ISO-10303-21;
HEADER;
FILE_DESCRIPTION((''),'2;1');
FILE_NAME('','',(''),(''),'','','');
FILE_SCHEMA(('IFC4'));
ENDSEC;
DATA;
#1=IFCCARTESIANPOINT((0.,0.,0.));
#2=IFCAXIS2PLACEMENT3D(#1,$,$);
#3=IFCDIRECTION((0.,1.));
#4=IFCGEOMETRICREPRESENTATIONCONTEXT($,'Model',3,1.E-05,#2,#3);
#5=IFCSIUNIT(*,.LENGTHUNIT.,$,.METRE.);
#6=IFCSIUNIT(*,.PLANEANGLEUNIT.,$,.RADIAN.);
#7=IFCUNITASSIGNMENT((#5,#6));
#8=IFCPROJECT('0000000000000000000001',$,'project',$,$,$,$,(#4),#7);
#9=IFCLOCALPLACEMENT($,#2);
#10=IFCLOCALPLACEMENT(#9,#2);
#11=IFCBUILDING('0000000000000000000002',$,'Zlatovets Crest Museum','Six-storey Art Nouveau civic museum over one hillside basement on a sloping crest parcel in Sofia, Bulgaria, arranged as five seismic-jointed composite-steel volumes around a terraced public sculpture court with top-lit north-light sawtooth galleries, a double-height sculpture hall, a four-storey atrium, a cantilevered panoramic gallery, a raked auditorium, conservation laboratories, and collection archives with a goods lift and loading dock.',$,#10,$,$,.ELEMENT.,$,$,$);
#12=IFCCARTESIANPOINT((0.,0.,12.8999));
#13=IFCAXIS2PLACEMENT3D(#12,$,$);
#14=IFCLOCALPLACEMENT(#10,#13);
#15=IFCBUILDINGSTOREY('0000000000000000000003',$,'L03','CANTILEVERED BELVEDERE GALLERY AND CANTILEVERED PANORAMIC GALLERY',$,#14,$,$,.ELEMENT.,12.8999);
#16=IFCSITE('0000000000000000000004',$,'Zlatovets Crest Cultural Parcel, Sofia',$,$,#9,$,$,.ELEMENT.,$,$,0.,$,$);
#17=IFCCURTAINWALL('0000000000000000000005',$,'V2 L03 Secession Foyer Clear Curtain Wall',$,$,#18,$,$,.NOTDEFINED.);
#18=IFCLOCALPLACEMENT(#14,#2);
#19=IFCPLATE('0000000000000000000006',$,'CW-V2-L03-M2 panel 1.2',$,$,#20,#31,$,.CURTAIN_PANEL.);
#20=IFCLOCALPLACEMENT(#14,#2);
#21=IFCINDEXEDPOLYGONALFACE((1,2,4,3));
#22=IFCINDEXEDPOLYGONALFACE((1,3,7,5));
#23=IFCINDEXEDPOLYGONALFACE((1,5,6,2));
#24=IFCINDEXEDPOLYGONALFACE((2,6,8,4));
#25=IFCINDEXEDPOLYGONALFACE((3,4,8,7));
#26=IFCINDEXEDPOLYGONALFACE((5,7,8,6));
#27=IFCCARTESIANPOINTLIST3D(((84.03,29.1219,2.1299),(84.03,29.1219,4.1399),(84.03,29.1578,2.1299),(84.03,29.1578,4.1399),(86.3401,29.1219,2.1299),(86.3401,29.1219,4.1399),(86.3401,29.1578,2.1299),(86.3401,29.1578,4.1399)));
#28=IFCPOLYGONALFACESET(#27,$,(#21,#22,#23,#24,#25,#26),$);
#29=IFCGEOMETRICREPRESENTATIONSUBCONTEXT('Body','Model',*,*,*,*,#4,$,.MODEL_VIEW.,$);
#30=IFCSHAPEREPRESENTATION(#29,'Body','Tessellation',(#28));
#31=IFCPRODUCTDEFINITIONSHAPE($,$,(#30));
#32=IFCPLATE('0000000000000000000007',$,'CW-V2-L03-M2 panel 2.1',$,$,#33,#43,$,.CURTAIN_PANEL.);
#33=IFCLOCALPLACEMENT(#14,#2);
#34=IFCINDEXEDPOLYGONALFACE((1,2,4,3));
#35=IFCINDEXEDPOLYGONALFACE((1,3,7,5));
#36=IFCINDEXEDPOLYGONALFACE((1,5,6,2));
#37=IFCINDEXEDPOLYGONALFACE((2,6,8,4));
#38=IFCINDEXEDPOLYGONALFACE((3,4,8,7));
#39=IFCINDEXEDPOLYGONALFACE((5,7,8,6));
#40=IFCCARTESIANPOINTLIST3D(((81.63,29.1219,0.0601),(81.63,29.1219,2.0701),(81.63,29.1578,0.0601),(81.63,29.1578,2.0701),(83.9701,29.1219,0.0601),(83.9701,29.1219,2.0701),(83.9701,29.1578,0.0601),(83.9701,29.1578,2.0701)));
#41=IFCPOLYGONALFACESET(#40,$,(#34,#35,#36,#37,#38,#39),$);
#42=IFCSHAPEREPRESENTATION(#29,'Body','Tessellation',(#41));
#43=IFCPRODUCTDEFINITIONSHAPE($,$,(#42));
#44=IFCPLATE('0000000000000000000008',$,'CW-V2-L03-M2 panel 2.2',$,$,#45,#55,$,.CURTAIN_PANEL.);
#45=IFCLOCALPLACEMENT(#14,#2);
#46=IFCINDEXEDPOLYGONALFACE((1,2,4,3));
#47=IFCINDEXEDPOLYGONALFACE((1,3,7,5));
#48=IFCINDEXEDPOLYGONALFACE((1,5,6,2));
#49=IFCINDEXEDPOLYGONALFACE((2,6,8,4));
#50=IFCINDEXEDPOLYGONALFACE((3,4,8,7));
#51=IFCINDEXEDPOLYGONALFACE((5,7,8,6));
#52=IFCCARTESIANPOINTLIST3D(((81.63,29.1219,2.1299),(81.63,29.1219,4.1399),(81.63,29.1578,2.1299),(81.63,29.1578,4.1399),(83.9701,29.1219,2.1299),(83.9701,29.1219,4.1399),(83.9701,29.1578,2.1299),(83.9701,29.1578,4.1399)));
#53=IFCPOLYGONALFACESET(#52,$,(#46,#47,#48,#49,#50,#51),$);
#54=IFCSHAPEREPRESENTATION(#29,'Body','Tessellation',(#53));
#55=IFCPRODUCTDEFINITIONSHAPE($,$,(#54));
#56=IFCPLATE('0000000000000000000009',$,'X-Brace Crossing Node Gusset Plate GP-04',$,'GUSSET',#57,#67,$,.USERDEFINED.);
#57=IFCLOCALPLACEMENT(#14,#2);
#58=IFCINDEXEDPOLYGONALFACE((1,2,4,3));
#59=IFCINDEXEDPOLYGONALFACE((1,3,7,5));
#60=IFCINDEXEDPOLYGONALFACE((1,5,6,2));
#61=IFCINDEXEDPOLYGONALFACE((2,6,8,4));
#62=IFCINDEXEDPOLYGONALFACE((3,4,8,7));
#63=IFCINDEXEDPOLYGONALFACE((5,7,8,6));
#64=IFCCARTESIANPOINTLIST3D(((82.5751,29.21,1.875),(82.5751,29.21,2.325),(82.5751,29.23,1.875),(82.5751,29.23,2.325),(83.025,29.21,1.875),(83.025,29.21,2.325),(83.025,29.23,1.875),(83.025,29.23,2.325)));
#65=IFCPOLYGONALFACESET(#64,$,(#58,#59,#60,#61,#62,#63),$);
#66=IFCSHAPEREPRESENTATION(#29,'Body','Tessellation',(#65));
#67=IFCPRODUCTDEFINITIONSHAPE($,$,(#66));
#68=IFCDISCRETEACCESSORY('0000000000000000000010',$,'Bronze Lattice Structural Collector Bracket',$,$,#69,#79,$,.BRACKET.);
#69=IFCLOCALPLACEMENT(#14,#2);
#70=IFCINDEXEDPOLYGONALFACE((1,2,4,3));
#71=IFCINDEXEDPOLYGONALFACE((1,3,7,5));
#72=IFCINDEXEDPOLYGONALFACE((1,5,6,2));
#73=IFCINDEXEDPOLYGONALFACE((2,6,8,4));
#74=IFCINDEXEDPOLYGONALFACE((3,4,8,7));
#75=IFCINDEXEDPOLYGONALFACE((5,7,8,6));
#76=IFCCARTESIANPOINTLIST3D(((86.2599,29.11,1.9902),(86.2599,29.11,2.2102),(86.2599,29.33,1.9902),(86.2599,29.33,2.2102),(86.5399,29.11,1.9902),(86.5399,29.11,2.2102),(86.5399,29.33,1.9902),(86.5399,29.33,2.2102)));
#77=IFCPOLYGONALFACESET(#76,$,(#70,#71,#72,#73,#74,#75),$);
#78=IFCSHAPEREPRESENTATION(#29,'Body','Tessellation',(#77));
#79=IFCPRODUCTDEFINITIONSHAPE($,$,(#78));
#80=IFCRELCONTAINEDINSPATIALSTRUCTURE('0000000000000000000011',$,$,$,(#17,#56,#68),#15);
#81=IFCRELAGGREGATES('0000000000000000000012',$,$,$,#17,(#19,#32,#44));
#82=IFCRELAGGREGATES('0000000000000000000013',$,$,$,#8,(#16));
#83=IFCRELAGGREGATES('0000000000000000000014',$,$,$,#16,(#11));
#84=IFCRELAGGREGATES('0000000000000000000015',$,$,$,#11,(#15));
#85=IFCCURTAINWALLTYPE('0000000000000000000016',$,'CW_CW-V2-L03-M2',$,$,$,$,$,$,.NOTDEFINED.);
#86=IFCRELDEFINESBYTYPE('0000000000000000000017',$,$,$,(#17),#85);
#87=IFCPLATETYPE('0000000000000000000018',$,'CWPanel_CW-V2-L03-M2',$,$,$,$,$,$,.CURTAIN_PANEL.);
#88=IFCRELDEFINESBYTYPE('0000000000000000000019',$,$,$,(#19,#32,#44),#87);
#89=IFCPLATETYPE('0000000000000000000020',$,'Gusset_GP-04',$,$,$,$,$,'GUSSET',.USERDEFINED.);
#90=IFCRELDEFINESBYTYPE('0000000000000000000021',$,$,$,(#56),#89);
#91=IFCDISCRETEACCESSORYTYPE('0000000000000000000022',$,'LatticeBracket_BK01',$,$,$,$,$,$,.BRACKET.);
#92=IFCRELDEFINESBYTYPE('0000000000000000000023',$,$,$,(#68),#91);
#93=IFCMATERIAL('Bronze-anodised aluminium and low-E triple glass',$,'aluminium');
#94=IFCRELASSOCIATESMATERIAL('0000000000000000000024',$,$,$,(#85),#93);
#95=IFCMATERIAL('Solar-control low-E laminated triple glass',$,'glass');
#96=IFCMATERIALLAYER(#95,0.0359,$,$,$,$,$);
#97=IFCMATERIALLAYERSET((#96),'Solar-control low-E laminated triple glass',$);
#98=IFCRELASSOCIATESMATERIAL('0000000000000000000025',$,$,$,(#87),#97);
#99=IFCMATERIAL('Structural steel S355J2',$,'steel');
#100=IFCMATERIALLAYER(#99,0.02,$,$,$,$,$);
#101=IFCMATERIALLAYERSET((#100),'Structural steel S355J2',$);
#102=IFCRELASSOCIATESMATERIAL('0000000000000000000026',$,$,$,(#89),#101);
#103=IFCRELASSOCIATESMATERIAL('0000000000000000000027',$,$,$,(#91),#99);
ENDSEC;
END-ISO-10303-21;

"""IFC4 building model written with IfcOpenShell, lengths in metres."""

from ifc_helpers import new_model, si_unit, direction, frame, origin, origin_2d, place, context, subcontext, project, spatial, rectangle, extrude, material, layer, layer_set, type_object, element, aggregate, save


model = new_model("IFC4")

# Units and contexts
model_context = context("Model", 3, precision=1e-05, world=origin(), true_north=direction((0.0, 1.0)))
body_context = subcontext(model_context, "Body", "Model", "MODEL_VIEW")
ifc_project = project(units=[si_unit("LENGTHUNIT", "METRE"), si_unit("PLANEANGLEUNIT", "RADIAN")], contexts=[model_context])

# Site, building, storey
site_placement = place(None, origin())
site = spatial("IfcSite", under=ifc_project, at=site_placement, Name="Zlatovets Crest Cultural Parcel, Sofia", CompositionType="ELEMENT", RefElevation=0.0)
building_placement = place(site_placement, origin())
building = spatial("IfcBuilding", under=site, at=building_placement, Name="Zlatovets Crest Museum", Description="Six-storey Art Nouveau civic museum over one hillside basement on a sloping crest parcel in Sofia, Bulgaria, arranged as five seismic-jointed composite-steel volumes around a terraced public sculpture court with top-lit north-light sawtooth galleries, a double-height sculpture hall, a four-storey atrium, a cantilevered panoramic gallery, a raked auditorium, conservation laboratories, and collection archives with a goods lift and loading dock.", CompositionType="ELEMENT")
storey_placement = place(building_placement, frame((0.0, 0.0, 12.8999)))
storey = spatial("IfcBuildingStorey", under=building, at=storey_placement, Name="L03", Description="CANTILEVERED BELVEDERE GALLERY AND CANTILEVERED PANORAMIC GALLERY", CompositionType="ELEMENT", Elevation=12.8999)

# Curtain wall
ifc_material_1 = material(Name="Bronze-anodised aluminium and low-E triple glass", Category="aluminium")
curtain_wall_type_1 = type_object("IfcCurtainWallType", Name="CW_CW-V2-L03-M2", PredefinedType="NOTDEFINED", material=ifc_material_1)
curtain_wall_1_placement = place(storey_placement, origin())
curtain_wall_1 = element("IfcCurtainWall", 1, at=curtain_wall_1_placement, inside=storey, type_object=curtain_wall_type_1, Name="V2 L03 Secession Foyer Clear Curtain Wall", PredefinedType="NOTDEFINED")

# Plates
ifc_material_2 = material(Name="Solar-control low-E laminated triple glass", Category="glass")
ifc_layer_1 = layer(ifc_material_2, 0.0359)
ifc_layer_set_1 = layer_set([ifc_layer_1], Name="Solar-control low-E laminated triple glass")
plate_type_1 = type_object("IfcPlateType", Name="CWPanel_CW-V2-L03-M2", PredefinedType="CURTAIN_PANEL", material=ifc_layer_set_1)
plate_1_placement = place(storey_placement, frame((85.1851, 29.1399, 2.1299), z_axis=(0.0, 0.0, 1.0), x_axis=(-1.0, 0.0, 0.0)))
plate_1 = element("IfcPlate", 2, at=plate_1_placement, type_object=plate_type_1, Name="CW-V2-L03-M2 panel 1.2", PredefinedType="CURTAIN_PANEL", context=body_context, shape_type="SweptSolid", body=[
    extrude(rectangle(XDim=2.3101, YDim=0.0359, at=origin_2d()), origin(), (0.0, 0.0, 1.0), 2.01),
])
plate_2_placement = place(storey_placement, frame((82.8, 29.1399, 0.0601), z_axis=(0.0, 0.0, 1.0), x_axis=(-1.0, 0.0, 0.0)))
plate_2 = element("IfcPlate", 3, at=plate_2_placement, type_object=plate_type_1, Name="CW-V2-L03-M2 panel 2.1", PredefinedType="CURTAIN_PANEL", context=body_context, shape_type="SweptSolid", body=[
    extrude(rectangle(XDim=2.3401, YDim=0.0359, at=origin_2d()), origin(), (0.0, 0.0, 1.0), 2.01),
])
plate_3_placement = place(storey_placement, frame((82.8, 29.1399, 2.1299), z_axis=(0.0, 0.0, 1.0), x_axis=(-1.0, 0.0, 0.0)))
plate_3 = element("IfcPlate", 4, at=plate_3_placement, type_object=plate_type_1, Name="CW-V2-L03-M2 panel 2.2", PredefinedType="CURTAIN_PANEL", context=body_context, shape_type="SweptSolid", body=[
    extrude(rectangle(XDim=2.3401, YDim=0.0359, at=origin_2d()), origin(), (0.0, 0.0, 1.0), 2.01),
])
aggregate(curtain_wall_1, [plate_1, plate_2, plate_3])
ifc_material_3 = material(Name="Structural steel S355J2", Category="steel")
ifc_layer_2 = layer(ifc_material_3, 0.02)
ifc_layer_set_2 = layer_set([ifc_layer_2], Name="Structural steel S355J2")
plate_type_2 = type_object("IfcPlateType", Name="Gusset_GP-04", ElementType="GUSSET", PredefinedType="USERDEFINED", material=ifc_layer_set_2)
plate_4_placement = place(storey_placement, frame((82.8, 29.22, 1.875), z_axis=(0.0, 0.0, 1.0), x_axis=(1.0, 0.0, 0.0)))
element("IfcPlate", 5, at=plate_4_placement, inside=storey, type_object=plate_type_2, Name="X-Brace Crossing Node Gusset Plate GP-04", ObjectType="GUSSET", PredefinedType="USERDEFINED", context=body_context, shape_type="SweptSolid", body=[
    extrude(rectangle(XDim=0.45, YDim=0.02, at=origin_2d()), origin(), (0.0, 0.0, 1.0), 0.45),
])

# Discrete accessory
discrete_accessory_type = type_object("IfcDiscreteAccessoryType", Name="LatticeBracket_BK01", PredefinedType="BRACKET", material=ifc_material_3)
discrete_accessory_placement = place(storey_placement, frame((86.3999, 29.22, 1.9902), z_axis=(0.0, 0.0, 1.0), x_axis=(1.0, 0.0, 0.0)))
element("IfcDiscreteAccessory", 6, at=discrete_accessory_placement, inside=storey, type_object=discrete_accessory_type, Name="Bronze Lattice Structural Collector Bracket", PredefinedType="BRACKET", context=body_context, shape_type="SweptSolid", body=[
    extrude(rectangle(XDim=0.28, YDim=0.22, at=origin_2d()), origin(), (0.0, 0.0, 1.0), 0.22),
])

save(model, "model.ifc")
